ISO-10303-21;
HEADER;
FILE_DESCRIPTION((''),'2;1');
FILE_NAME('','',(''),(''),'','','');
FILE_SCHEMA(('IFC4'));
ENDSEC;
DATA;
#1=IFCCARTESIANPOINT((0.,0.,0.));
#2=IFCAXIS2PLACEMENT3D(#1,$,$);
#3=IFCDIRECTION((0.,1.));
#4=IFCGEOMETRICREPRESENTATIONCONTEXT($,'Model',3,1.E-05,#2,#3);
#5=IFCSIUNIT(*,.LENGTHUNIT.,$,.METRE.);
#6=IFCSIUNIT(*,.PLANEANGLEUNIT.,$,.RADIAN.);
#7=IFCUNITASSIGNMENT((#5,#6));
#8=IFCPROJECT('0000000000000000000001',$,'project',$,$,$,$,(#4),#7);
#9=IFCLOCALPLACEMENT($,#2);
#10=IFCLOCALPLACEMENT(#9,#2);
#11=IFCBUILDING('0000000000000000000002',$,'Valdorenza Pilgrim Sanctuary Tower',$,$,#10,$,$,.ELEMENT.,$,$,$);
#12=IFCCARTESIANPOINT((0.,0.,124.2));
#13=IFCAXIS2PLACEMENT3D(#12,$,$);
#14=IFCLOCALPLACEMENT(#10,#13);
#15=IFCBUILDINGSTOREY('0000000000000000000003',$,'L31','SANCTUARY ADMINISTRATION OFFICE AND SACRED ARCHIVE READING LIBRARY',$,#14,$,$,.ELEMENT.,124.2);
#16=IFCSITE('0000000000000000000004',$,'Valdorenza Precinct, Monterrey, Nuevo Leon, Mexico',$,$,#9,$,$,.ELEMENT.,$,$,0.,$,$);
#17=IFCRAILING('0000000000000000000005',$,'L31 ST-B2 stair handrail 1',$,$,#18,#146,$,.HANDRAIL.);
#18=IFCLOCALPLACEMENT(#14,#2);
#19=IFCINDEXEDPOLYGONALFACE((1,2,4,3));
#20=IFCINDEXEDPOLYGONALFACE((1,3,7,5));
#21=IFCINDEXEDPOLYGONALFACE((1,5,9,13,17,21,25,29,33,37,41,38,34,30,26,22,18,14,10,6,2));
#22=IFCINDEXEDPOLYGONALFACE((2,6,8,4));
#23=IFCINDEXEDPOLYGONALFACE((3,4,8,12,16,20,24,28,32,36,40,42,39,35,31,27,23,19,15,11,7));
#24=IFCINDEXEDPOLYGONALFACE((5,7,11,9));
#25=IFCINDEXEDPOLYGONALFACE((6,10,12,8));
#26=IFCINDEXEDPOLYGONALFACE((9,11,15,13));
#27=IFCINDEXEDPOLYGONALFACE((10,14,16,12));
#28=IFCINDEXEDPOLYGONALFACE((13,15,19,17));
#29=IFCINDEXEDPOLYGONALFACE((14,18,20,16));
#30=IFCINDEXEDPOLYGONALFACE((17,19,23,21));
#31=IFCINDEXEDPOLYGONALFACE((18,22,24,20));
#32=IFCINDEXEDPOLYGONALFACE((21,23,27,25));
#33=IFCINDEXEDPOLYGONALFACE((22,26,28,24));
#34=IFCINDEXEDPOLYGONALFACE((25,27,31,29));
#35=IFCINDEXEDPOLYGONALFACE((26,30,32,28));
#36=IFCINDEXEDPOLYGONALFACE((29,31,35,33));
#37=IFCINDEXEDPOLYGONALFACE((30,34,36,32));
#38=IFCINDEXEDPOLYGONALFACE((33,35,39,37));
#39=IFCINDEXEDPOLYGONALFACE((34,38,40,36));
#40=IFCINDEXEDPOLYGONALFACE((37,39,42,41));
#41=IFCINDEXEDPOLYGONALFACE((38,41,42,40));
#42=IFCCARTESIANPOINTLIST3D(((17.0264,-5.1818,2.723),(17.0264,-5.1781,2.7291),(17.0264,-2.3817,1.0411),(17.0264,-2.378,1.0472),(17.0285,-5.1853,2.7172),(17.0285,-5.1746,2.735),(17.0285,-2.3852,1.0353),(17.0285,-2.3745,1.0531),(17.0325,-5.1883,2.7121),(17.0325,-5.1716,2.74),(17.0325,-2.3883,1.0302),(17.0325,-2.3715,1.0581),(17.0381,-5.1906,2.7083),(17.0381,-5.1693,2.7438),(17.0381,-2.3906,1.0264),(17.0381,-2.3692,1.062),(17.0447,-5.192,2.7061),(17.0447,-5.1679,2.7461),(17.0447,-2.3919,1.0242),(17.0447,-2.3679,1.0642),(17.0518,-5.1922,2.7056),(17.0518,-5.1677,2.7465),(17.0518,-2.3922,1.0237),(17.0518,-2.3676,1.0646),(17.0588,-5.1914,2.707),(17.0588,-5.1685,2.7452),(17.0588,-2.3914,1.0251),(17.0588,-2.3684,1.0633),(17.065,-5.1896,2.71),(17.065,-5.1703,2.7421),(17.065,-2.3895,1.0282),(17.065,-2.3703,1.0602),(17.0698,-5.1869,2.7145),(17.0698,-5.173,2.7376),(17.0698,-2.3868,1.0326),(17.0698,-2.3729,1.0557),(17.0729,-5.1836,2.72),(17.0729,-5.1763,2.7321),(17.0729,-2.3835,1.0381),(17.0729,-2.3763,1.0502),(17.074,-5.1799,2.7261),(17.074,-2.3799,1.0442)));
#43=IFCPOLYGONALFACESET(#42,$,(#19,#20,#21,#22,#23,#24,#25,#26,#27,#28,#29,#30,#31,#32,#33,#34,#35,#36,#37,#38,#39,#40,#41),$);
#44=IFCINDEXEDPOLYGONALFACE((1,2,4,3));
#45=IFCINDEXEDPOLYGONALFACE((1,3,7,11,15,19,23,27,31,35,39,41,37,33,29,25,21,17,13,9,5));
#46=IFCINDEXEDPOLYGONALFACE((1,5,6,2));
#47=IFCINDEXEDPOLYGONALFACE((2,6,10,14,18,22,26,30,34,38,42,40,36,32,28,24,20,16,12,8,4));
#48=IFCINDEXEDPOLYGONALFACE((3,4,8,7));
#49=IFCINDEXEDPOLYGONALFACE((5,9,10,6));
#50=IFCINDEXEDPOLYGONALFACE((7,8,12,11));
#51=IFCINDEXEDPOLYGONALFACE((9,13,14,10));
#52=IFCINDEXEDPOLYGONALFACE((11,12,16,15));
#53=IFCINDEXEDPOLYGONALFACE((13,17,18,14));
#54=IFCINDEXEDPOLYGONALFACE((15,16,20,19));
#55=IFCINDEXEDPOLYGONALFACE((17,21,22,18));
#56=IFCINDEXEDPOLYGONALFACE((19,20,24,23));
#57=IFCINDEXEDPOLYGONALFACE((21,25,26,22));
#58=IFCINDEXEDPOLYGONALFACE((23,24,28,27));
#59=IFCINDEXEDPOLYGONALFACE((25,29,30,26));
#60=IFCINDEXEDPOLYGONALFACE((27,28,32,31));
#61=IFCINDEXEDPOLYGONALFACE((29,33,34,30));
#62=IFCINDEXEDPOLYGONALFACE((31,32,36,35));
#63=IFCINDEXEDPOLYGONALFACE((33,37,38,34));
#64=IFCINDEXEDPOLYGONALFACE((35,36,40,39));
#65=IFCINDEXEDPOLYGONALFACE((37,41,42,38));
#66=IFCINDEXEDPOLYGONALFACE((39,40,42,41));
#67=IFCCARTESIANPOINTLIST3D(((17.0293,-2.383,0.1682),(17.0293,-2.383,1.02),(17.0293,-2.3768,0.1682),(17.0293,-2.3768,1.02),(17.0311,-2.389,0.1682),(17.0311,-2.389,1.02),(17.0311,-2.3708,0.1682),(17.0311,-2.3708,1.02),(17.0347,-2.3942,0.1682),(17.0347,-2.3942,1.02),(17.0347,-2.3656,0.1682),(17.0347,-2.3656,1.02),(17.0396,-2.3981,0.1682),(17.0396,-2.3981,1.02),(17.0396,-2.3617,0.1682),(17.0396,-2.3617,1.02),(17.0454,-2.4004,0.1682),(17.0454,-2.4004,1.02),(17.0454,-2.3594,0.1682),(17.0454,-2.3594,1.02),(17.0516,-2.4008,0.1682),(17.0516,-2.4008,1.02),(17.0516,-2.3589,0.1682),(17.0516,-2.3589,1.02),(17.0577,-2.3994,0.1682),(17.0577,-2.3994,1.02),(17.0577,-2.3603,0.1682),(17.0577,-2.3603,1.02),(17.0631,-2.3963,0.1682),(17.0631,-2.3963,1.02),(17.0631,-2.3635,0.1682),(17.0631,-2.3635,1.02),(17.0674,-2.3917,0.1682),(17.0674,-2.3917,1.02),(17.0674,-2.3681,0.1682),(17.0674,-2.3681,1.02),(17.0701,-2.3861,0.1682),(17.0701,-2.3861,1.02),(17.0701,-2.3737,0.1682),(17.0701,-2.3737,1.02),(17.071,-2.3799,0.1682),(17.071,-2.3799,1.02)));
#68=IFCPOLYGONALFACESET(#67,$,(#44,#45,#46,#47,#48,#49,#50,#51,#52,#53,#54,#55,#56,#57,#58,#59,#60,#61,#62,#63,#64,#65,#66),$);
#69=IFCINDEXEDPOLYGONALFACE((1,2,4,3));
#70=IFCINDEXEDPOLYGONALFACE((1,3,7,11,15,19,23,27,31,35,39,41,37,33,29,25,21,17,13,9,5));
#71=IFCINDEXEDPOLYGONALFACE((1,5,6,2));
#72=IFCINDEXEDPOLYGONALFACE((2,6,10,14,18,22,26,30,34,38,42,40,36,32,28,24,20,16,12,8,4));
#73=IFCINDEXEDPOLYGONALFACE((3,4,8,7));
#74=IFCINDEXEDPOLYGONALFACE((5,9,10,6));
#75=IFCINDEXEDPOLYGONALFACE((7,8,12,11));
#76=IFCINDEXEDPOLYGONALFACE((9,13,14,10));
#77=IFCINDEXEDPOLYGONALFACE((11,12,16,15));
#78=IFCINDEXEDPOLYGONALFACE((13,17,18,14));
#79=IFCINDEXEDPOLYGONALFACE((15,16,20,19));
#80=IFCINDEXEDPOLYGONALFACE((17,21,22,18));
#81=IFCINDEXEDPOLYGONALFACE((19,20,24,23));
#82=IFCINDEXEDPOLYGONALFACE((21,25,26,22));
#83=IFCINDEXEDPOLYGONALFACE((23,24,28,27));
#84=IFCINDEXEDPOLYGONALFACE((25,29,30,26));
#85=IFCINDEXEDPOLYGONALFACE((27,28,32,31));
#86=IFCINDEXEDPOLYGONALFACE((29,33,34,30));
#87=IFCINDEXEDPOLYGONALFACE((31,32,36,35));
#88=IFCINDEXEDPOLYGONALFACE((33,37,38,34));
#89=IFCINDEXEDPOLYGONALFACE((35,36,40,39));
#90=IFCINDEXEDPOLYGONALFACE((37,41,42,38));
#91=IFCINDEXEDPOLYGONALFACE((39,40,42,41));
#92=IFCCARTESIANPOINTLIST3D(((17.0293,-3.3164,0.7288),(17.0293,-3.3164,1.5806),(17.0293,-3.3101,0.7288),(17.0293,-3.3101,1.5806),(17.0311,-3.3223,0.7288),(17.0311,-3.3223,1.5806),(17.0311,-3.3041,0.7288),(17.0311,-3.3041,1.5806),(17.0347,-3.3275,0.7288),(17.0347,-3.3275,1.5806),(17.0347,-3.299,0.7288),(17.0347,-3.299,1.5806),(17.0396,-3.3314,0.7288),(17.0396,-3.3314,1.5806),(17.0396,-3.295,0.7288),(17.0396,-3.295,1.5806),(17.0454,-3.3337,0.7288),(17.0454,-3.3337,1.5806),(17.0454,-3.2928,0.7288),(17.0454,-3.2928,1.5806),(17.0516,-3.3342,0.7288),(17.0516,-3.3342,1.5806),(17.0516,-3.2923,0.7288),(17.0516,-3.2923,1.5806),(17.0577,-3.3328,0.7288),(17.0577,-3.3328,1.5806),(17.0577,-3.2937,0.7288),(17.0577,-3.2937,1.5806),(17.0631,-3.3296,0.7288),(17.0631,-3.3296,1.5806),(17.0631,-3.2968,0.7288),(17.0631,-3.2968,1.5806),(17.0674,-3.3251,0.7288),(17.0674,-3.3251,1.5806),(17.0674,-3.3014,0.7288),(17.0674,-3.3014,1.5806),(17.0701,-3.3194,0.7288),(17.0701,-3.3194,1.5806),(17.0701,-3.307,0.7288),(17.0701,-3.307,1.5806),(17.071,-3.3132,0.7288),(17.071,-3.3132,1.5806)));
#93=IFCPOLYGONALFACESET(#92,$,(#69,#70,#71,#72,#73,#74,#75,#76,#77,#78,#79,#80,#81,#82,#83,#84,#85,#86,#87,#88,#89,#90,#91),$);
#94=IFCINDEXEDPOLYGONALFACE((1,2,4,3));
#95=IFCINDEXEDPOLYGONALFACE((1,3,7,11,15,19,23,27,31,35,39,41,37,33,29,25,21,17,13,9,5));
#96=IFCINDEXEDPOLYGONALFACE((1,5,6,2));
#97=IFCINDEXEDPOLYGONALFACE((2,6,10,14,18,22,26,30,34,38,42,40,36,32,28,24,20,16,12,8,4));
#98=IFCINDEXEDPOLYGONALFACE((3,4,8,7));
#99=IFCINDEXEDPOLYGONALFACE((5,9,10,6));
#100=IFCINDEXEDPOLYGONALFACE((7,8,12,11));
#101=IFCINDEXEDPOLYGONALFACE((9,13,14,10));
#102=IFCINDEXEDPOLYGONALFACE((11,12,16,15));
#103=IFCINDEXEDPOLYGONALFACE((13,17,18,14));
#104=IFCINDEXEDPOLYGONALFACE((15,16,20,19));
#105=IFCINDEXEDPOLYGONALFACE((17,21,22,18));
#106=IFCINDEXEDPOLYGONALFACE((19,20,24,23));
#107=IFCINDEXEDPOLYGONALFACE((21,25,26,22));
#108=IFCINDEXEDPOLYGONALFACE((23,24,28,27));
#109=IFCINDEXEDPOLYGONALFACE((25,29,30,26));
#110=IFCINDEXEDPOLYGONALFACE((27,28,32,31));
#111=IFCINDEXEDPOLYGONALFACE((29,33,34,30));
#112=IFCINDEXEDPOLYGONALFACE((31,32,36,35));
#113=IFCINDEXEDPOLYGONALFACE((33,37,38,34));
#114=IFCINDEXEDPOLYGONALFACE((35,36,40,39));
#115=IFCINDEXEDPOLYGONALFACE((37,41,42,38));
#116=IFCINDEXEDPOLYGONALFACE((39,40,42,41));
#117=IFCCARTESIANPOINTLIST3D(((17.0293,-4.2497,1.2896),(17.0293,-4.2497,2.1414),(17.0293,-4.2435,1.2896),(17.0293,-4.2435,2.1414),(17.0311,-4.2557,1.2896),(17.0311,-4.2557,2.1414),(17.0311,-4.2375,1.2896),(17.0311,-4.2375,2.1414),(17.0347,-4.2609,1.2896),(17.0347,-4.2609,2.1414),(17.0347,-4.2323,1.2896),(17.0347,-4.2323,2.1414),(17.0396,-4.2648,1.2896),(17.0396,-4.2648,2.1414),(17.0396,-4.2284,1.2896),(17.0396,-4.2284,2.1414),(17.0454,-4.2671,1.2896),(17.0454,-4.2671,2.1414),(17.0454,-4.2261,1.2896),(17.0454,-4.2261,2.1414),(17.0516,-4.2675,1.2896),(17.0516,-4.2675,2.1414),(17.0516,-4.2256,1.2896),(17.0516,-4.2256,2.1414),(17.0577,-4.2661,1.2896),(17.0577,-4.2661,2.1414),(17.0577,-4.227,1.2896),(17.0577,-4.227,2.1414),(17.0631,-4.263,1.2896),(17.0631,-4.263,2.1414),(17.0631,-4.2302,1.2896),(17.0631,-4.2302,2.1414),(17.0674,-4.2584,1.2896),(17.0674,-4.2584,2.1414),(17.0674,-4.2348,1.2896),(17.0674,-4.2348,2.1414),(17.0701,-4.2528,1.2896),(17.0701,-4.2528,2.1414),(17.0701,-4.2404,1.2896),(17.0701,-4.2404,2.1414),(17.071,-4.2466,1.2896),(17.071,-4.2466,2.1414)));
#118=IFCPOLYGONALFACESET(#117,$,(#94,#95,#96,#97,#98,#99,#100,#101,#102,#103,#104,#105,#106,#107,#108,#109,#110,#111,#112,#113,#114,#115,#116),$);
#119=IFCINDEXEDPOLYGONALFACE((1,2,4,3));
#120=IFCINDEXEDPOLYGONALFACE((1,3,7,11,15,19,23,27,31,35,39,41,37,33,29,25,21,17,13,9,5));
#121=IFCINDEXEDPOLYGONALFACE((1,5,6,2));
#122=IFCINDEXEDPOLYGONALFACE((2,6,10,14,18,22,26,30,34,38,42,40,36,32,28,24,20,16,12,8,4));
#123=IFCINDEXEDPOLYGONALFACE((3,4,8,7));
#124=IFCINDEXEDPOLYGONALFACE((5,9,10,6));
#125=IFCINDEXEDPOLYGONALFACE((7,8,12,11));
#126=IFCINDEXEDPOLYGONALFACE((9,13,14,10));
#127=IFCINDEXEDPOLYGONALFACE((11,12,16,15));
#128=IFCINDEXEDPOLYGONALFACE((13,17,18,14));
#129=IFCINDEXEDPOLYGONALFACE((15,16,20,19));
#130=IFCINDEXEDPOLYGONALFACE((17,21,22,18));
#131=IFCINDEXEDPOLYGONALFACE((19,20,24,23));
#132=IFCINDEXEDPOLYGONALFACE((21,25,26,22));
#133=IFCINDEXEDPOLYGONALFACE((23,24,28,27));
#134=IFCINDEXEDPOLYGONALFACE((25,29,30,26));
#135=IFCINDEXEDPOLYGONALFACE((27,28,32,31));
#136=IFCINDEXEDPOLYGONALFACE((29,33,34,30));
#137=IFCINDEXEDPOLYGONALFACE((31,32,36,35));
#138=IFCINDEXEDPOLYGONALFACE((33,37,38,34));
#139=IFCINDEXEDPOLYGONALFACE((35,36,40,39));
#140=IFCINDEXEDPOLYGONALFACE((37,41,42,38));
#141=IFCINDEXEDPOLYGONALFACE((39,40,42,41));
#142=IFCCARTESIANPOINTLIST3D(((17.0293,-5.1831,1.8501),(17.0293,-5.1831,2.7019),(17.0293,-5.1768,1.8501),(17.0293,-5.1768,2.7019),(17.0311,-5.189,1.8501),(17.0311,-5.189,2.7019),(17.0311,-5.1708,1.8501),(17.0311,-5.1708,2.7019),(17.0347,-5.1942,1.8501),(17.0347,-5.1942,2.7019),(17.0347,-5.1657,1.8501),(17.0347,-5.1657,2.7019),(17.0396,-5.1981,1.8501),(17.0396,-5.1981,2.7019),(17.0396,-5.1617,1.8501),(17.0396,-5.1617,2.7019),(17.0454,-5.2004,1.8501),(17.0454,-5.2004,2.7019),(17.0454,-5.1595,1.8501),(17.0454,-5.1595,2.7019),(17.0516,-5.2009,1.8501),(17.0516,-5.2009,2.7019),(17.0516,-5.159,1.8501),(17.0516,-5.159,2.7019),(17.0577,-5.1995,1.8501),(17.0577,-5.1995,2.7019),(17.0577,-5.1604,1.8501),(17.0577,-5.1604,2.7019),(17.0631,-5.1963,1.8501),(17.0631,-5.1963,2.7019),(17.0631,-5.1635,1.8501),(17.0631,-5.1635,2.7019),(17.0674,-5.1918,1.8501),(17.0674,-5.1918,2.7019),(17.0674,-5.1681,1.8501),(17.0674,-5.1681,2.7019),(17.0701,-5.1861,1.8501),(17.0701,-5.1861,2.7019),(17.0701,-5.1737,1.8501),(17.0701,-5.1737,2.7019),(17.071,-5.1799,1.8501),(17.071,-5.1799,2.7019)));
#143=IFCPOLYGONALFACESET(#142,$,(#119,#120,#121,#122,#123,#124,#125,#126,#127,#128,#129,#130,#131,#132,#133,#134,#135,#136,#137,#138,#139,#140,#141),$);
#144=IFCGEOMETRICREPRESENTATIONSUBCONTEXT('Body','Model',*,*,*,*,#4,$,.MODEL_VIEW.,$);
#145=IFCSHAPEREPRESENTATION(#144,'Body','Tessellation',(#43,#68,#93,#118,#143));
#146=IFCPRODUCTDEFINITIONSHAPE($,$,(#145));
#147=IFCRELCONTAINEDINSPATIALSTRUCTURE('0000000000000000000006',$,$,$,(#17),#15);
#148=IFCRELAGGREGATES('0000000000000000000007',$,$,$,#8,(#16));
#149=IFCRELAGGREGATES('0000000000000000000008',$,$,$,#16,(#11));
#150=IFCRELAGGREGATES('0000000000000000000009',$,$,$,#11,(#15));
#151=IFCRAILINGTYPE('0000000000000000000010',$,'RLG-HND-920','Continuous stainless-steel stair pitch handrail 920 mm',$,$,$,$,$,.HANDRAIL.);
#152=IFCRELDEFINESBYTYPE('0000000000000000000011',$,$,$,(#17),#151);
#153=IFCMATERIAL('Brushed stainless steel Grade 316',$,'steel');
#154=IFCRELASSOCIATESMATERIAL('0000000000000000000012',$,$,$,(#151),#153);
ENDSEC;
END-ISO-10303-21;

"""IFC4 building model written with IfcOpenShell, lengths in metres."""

from ifc_helpers import new_model, si_unit, direction, frame, origin, origin_2d, place, context, subcontext, project, spatial, circle, extrude, material, type_object, element, save


model = new_model("IFC4")

# Units and contexts
model_context = context("Model", 3, precision=1e-05, world=origin(), true_north=direction((0.0, 1.0)))
body_context = subcontext(model_context, "Body", "Model", "MODEL_VIEW")
ifc_project = project(units=[si_unit("LENGTHUNIT", "METRE"), si_unit("PLANEANGLEUNIT", "RADIAN")], contexts=[model_context])

# Site, building, storey
site_placement = place(None, origin())
site = spatial("IfcSite", under=ifc_project, at=site_placement, Name="Valdorenza Precinct, Monterrey, Nuevo Leon, Mexico", CompositionType="ELEMENT", RefElevation=0.0)
building_placement = place(site_placement, origin())
building = spatial("IfcBuilding", under=site, at=building_placement, Name="Valdorenza Pilgrim Sanctuary Tower", CompositionType="ELEMENT")
storey_placement = place(building_placement, frame((0.0, 0.0, 124.2)))
storey = spatial("IfcBuildingStorey", under=building, at=storey_placement, Name="L31", Description="SANCTUARY ADMINISTRATION OFFICE AND SACRED ARCHIVE READING LIBRARY", CompositionType="ELEMENT", Elevation=124.2)

# Railing
ifc_material_1 = material(Name="Brushed stainless steel Grade 316", Category="steel")
railing_type_1 = type_object("IfcRailingType", Name="RLG-HND-920", Description="Continuous stainless-steel stair pitch handrail 920 mm", PredefinedType="HANDRAIL", material=ifc_material_1)
railing_1_placement = place(storey_placement, frame((17.05, -2.3799, 0.1682)))
element("IfcRailing", 1, at=railing_1_placement, inside=storey, type_object=railing_type_1, Name="L31 ST-B2 stair handrail 1", PredefinedType="HANDRAIL", context=body_context, shape_type="SweptSolid", body=[
    extrude(circle(Radius=0.0239, at=origin_2d()), frame((0.0, 0.0, 0.876), z_axis=(0.0, -0.857242, 0.514913), x_axis=(1.0, 0.0, 0.0)), (0.0, 0.0, 1.0), 3.2664),
    extrude(circle(Radius=0.021, at=origin_2d()), origin(), (0.0, 0.0, 1.0), 0.8518),
    extrude(circle(Radius=0.021, at=origin_2d()), frame((0.0, -0.9333, 0.5605)), (0.0, 0.0, 1.0), 0.8518),
    extrude(circle(Radius=0.021, at=origin_2d()), frame((0.0, -1.8667, 1.1213)), (0.0, 0.0, 1.0), 0.8518),
    extrude(circle(Radius=0.021, at=origin_2d()), frame((0.0, -2.8, 1.6819)), (0.0, 0.0, 1.0), 0.8518),
])

save(model, "model.ifc")
